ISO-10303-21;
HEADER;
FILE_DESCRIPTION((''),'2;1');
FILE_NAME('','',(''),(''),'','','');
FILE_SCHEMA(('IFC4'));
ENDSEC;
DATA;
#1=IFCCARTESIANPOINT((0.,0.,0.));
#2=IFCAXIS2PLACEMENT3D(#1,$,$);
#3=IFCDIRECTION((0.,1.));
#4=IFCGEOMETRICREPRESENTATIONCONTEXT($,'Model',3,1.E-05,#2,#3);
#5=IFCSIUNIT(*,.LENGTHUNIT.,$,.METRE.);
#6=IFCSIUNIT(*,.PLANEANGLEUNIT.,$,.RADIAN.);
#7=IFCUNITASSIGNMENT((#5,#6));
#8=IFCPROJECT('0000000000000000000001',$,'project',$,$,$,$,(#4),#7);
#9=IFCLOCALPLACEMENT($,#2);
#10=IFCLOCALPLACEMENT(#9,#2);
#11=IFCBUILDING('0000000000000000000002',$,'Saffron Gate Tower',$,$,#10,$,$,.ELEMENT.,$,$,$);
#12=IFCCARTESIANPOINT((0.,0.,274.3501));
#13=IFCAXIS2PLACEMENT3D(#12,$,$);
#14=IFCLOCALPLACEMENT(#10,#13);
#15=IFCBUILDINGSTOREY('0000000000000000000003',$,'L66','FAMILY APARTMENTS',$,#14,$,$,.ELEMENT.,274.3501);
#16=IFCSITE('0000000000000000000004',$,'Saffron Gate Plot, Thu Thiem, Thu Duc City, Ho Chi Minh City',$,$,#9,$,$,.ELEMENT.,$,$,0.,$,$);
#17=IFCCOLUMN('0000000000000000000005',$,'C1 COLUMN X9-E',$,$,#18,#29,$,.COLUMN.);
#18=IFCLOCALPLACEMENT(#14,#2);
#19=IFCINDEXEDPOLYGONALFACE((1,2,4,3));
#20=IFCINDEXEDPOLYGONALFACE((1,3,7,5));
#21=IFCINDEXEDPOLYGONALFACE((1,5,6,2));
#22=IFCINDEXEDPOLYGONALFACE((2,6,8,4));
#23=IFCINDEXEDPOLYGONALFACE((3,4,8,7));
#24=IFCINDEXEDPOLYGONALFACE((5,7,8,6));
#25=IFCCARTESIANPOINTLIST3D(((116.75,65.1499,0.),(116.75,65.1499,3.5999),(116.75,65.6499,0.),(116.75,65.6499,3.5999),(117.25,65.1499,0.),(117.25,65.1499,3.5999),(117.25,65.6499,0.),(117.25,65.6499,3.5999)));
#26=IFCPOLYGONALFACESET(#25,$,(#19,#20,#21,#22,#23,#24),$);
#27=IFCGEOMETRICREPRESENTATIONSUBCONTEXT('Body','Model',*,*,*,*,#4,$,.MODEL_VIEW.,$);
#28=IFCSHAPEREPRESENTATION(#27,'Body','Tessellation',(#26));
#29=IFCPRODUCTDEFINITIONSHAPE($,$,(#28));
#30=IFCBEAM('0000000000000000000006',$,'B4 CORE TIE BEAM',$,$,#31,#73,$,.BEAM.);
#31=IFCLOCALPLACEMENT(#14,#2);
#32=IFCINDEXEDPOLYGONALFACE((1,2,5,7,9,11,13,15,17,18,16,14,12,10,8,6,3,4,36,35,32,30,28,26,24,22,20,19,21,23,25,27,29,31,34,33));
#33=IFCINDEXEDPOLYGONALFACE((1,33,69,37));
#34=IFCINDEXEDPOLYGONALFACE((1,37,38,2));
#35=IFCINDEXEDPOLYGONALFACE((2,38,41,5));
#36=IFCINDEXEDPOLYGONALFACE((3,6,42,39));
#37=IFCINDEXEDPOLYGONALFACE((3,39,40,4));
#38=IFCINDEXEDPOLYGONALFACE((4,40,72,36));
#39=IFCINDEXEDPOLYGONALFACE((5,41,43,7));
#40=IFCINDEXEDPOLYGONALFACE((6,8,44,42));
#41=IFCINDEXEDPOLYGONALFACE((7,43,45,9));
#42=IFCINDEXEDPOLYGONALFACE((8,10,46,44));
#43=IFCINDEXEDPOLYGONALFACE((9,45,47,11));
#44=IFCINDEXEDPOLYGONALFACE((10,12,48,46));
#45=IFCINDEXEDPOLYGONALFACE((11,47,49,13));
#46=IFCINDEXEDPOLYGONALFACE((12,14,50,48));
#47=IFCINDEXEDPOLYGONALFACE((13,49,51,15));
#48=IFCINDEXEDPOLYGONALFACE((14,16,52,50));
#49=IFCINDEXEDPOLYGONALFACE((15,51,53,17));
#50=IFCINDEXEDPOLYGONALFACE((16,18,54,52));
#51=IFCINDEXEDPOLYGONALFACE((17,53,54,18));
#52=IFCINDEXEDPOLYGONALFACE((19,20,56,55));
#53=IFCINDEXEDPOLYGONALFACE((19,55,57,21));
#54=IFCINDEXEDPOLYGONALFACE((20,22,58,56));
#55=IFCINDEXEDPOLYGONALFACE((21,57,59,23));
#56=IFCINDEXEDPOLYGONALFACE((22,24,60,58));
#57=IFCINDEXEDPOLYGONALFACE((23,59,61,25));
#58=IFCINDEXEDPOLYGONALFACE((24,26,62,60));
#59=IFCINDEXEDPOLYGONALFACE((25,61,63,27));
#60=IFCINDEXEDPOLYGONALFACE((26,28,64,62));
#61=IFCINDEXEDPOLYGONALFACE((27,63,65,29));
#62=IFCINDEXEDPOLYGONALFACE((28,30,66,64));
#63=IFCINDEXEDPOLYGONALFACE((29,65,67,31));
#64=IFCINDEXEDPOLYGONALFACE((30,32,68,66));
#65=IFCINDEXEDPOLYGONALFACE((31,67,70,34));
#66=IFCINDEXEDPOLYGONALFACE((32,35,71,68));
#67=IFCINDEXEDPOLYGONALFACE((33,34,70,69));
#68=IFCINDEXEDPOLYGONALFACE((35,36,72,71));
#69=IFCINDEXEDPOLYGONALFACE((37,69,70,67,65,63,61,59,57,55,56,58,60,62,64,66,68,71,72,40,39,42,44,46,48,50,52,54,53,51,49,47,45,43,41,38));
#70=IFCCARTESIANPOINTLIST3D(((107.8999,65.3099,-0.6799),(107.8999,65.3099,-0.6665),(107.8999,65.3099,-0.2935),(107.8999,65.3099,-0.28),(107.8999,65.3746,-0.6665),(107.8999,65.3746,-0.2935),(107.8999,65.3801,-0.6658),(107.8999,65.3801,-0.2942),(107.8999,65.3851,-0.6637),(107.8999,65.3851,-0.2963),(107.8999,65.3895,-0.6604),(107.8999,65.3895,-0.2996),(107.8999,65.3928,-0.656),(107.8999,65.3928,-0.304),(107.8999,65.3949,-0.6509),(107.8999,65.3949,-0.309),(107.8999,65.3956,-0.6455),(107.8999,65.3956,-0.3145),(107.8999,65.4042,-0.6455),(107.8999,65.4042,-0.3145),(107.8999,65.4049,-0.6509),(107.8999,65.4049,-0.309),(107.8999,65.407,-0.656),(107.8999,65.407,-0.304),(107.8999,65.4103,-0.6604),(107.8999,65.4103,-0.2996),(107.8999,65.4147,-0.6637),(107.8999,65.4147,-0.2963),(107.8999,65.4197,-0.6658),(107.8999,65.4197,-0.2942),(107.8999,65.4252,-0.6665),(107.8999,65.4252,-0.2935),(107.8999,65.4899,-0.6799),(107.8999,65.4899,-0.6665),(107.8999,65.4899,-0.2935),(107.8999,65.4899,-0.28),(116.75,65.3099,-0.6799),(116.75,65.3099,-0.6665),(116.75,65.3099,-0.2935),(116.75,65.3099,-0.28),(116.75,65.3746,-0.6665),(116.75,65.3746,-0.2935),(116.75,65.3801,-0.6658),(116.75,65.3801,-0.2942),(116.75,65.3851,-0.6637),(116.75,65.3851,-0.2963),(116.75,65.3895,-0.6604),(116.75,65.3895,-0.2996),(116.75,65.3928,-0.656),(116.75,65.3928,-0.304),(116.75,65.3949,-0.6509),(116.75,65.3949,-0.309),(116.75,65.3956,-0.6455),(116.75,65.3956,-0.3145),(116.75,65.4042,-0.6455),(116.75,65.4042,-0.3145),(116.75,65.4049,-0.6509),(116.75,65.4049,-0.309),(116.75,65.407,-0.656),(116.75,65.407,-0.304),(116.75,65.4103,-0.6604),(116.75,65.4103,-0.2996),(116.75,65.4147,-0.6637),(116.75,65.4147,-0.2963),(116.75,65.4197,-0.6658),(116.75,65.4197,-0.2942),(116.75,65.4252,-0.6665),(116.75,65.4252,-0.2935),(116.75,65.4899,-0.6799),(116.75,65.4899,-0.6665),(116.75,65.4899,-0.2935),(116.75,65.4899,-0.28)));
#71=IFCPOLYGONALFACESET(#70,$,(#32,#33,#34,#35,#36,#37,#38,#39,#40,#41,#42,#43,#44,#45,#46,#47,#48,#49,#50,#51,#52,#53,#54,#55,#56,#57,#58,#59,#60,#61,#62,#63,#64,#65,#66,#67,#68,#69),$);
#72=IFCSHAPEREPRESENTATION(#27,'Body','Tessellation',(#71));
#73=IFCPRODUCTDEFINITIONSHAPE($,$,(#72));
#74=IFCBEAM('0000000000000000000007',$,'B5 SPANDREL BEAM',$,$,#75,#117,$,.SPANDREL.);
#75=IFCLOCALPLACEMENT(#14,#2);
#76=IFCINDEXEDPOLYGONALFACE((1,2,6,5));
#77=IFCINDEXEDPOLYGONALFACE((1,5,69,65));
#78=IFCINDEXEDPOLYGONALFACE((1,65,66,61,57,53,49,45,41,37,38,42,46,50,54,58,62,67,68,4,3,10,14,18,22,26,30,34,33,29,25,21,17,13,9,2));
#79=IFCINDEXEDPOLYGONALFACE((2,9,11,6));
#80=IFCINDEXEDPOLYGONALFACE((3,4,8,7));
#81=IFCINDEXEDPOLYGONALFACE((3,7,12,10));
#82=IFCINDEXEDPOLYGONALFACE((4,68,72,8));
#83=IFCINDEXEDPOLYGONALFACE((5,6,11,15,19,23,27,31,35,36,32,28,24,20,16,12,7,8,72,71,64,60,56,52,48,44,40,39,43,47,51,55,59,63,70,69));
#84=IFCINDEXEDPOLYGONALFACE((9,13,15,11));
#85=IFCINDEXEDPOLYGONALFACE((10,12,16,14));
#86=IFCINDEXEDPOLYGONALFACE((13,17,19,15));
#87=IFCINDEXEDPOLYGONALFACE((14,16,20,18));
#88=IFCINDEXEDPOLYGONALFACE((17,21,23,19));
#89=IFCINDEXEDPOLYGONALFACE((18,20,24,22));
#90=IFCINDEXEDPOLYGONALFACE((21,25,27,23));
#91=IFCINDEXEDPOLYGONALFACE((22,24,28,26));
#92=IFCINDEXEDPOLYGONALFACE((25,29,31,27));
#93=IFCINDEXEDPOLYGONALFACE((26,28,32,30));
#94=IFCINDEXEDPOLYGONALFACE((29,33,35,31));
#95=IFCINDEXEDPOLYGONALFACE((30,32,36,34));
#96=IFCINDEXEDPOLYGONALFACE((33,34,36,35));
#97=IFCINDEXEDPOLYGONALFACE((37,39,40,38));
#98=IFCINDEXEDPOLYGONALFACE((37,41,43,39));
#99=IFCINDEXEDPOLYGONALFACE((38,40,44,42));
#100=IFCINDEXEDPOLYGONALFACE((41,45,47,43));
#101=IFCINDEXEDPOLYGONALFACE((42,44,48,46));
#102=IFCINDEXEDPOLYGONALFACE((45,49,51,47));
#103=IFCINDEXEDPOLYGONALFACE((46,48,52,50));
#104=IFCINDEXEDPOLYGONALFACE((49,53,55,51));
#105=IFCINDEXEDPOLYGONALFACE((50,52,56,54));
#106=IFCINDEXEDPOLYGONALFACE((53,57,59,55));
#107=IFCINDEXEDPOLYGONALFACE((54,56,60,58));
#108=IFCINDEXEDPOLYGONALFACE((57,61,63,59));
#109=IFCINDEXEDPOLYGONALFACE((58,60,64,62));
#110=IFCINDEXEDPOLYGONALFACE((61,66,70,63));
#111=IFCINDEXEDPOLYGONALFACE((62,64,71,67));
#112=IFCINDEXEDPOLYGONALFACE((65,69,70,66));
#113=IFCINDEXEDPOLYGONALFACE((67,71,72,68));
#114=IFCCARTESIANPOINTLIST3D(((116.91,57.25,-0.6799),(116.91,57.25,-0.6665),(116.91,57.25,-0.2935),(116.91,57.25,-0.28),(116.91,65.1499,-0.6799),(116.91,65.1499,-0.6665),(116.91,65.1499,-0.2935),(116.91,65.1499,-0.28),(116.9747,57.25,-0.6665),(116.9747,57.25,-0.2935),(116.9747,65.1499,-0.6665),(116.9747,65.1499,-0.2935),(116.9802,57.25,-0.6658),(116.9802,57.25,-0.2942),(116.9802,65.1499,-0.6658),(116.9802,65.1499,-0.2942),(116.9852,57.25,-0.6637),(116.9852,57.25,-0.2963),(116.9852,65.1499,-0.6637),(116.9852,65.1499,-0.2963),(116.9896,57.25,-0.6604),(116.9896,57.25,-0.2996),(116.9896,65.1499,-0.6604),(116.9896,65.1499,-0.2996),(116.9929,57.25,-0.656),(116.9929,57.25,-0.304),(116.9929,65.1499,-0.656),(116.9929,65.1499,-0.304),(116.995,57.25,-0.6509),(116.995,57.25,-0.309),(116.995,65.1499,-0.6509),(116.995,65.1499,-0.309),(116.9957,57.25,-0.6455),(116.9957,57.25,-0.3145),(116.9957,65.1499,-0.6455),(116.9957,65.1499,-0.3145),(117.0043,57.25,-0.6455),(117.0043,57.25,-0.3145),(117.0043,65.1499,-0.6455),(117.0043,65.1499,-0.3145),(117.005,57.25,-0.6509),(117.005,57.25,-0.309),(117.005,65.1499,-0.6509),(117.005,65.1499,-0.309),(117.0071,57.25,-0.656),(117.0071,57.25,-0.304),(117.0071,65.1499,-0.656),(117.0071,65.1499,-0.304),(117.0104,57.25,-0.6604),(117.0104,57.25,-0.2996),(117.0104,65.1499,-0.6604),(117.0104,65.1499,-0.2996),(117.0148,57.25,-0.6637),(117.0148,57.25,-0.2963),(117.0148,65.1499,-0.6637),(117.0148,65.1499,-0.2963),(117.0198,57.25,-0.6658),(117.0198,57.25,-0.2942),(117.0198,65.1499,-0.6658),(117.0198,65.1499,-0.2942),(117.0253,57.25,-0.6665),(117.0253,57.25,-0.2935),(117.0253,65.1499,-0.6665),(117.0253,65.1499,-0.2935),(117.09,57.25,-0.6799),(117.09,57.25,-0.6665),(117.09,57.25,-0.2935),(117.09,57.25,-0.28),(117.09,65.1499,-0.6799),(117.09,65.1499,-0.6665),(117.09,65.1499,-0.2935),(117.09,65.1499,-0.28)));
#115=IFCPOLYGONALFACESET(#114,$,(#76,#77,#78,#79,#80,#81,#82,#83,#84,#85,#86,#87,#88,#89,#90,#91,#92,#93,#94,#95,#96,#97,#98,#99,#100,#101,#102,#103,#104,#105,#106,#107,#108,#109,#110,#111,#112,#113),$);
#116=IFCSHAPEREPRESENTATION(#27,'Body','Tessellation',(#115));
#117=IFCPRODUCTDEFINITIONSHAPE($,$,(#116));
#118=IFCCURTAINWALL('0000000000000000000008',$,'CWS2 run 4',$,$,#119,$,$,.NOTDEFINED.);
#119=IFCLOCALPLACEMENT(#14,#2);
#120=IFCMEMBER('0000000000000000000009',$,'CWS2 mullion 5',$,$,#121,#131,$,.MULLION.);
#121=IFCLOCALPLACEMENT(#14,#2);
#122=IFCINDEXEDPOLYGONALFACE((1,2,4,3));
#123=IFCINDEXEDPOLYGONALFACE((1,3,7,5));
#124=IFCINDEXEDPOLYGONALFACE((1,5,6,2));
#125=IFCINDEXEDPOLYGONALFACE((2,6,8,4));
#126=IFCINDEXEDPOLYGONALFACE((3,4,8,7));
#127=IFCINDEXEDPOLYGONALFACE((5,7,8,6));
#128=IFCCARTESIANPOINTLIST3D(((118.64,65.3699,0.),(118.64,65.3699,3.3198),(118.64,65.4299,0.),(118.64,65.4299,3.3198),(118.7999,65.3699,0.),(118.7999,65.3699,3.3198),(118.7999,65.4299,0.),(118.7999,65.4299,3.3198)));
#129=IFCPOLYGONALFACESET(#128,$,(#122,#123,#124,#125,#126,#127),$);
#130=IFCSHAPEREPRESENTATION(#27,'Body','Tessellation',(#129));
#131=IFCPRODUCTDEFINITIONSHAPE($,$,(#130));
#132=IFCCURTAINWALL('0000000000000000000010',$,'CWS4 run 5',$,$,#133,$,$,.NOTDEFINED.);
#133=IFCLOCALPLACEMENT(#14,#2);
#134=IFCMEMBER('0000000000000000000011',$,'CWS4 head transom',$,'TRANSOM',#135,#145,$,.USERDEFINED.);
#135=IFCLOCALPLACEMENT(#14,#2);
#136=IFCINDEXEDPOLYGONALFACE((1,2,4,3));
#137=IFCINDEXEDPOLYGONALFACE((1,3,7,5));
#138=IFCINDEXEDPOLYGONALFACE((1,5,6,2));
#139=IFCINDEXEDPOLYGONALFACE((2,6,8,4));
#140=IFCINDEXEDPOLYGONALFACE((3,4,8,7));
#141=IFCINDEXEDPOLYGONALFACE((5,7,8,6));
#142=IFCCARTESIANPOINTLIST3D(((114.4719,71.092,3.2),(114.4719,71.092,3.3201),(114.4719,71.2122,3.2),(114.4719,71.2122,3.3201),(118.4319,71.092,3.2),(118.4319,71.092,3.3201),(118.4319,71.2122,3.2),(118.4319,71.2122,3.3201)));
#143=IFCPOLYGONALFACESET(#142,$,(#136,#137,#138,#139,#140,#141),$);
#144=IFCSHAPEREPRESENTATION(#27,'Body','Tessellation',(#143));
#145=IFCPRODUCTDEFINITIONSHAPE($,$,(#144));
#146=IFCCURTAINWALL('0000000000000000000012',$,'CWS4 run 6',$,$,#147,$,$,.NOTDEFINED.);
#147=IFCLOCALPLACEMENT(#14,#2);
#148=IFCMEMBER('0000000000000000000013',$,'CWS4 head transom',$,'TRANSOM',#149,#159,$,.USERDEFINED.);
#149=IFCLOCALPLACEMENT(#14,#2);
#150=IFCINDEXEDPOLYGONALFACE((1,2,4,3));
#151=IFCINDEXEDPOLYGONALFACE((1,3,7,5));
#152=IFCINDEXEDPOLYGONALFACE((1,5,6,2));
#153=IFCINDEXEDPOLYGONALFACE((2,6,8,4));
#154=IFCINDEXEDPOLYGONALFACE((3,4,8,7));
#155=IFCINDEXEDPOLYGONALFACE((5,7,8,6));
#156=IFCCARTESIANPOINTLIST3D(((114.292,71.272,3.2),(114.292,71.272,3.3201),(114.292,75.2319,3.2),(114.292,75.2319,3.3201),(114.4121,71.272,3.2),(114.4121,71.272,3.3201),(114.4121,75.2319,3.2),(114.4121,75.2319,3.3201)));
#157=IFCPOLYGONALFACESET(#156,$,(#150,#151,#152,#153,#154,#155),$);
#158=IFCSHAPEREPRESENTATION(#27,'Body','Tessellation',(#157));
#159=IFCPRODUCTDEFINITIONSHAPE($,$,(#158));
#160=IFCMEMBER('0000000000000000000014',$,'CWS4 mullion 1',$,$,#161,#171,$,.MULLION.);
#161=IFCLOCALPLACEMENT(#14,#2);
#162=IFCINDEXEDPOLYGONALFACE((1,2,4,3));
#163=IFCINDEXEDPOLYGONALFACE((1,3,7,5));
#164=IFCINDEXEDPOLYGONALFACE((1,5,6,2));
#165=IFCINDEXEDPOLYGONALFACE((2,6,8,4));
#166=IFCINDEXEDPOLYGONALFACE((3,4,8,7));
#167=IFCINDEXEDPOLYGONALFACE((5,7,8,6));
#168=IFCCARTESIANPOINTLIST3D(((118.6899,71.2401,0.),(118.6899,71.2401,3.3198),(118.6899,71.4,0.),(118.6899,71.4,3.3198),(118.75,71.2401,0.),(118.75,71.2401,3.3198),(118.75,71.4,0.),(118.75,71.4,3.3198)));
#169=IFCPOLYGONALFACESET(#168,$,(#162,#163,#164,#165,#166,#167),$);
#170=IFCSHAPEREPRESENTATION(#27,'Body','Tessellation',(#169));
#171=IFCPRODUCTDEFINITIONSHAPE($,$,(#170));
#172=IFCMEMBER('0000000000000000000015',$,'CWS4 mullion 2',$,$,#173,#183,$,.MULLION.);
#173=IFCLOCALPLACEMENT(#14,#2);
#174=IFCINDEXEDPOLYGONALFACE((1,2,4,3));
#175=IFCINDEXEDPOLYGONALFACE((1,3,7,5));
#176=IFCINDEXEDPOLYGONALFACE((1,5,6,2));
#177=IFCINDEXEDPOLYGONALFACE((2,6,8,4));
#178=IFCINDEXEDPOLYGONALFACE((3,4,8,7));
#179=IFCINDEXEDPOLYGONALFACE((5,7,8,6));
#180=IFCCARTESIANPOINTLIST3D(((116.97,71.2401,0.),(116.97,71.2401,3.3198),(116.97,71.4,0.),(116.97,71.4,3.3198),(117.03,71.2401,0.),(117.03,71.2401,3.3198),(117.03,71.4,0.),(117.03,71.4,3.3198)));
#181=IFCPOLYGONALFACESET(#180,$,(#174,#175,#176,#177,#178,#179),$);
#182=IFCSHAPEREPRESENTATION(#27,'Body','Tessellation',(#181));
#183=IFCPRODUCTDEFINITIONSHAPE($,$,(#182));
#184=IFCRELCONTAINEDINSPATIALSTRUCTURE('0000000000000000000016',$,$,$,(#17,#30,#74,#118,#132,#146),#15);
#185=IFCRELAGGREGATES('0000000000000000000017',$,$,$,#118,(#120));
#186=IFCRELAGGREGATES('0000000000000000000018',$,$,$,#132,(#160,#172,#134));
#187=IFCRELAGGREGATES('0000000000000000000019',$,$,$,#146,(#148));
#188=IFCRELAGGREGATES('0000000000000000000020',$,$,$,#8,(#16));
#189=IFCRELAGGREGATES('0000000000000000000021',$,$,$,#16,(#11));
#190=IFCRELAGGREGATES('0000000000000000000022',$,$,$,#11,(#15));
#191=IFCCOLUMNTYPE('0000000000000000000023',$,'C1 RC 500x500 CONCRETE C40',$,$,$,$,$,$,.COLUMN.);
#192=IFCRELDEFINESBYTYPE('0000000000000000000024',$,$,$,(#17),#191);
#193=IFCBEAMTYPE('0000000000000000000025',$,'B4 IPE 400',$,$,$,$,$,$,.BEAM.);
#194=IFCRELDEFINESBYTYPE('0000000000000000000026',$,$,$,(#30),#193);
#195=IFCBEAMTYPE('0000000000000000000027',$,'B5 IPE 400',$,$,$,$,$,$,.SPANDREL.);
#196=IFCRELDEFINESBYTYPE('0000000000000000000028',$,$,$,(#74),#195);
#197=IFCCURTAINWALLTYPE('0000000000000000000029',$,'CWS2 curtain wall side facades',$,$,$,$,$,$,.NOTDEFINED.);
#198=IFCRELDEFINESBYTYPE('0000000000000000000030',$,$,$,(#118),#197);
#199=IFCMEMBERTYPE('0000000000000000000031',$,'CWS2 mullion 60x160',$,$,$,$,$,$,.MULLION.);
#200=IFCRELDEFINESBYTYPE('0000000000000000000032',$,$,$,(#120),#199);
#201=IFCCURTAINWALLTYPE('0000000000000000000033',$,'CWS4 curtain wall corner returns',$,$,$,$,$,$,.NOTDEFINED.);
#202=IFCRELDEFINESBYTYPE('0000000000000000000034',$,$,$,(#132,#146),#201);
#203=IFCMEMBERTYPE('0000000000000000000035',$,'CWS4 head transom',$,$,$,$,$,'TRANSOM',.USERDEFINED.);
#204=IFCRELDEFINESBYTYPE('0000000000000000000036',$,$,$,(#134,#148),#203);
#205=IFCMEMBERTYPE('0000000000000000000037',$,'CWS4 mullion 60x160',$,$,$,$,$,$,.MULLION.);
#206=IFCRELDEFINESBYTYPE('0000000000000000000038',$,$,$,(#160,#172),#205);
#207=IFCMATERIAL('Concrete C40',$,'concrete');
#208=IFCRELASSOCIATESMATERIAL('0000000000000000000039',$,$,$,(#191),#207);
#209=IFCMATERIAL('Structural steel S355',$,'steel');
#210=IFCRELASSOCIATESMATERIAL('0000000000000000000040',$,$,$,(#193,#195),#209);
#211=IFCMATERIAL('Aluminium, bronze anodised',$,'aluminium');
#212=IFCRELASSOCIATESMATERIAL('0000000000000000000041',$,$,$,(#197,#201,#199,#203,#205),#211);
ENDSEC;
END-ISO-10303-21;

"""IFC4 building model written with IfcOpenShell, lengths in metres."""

from ifc_helpers import new_model, si_unit, direction, frame, origin, origin_2d, place, context, subcontext, project, spatial, rectangle, i_section, extrude, material, material_profile, profile_set, type_object, element, aggregate, save


model = new_model("IFC4")

# Units and contexts
model_context = context("Model", 3, precision=1e-05, world=origin(), true_north=direction((0.0, 1.0)))
body_context = subcontext(model_context, "Body", "Model", "MODEL_VIEW")
ifc_project = project(units=[si_unit("LENGTHUNIT", "METRE"), si_unit("PLANEANGLEUNIT", "RADIAN")], contexts=[model_context])

# Site, building, storey
site_placement = place(None, origin())
site = spatial("IfcSite", under=ifc_project, at=site_placement, Name="Saffron Gate Plot, Thu Thiem, Thu Duc City, Ho Chi Minh City", CompositionType="ELEMENT", RefElevation=0.0)
building_placement = place(site_placement, origin())
building = spatial("IfcBuilding", under=site, at=building_placement, Name="Saffron Gate Tower", CompositionType="ELEMENT")
storey_placement = place(building_placement, frame((0.0, 0.0, 274.3501)))
storey = spatial("IfcBuildingStorey", under=building, at=storey_placement, Name="L66", Description="FAMILY APARTMENTS", CompositionType="ELEMENT", Elevation=274.3501)

# Column
ifc_material_1 = material(Name="Concrete C40", Category="concrete")
ifc_material_profile_1 = material_profile(ifc_material_1, rectangle(XDim=0.5, YDim=0.5, at=origin_2d()))
ifc_profile_set_1 = profile_set([ifc_material_profile_1], Name="Concrete C40")
column_type = type_object("IfcColumnType", Name="C1 RC 500x500 CONCRETE C40", PredefinedType="COLUMN", material=ifc_profile_set_1)
column_placement = place(storey_placement, frame((117.0, 65.3999, 0.0), z_axis=(0.0, 0.0, 1.0), x_axis=(1.0, 0.0, 0.0)))
element("IfcColumn", 1, at=column_placement, inside=storey, type_object=column_type, Name="C1 COLUMN X9-E", PredefinedType="COLUMN", context=body_context, shape_type="SweptSolid", body=[
    extrude(rectangle(XDim=0.5, YDim=0.5, at=origin_2d()), origin(), (0.0, 0.0, 1.0), 3.5999),
])

# Beams
ifc_material_2 = material(Name="Structural steel S355", Category="steel")
ifc_material_profile_2 = material_profile(ifc_material_2, i_section(OverallWidth=0.1799, OverallDepth=0.3999, WebThickness=0.0085, FlangeThickness=0.0134, FilletRadius=0.021, at=origin_2d()))
ifc_profile_set_2 = profile_set([ifc_material_profile_2], Name="Structural steel S355")
beam_type_1 = type_object("IfcBeamType", Name="B4 IPE 400", PredefinedType="BEAM", material=ifc_profile_set_2)
beam_1_placement = place(storey_placement, frame((116.75, 65.3999, -0.48), z_axis=(-1.0, 0.0, 0.0), x_axis=(0.0, -1.0, 0.0)))
element("IfcBeam", 2, at=beam_1_placement, inside=storey, type_object=beam_type_1, Name="B4 CORE TIE BEAM", PredefinedType="BEAM", context=body_context, shape_type="SweptSolid", body=[
    extrude(i_section(OverallWidth=0.1799, OverallDepth=0.3999, WebThickness=0.0085, FlangeThickness=0.0134, FilletRadius=0.021, at=origin_2d()), origin(), (0.0, 0.0, 1.0), 8.8501),
])
ifc_material_profile_3 = material_profile(ifc_material_2, i_section(OverallWidth=0.1799, OverallDepth=0.3999, WebThickness=0.0085, FlangeThickness=0.0134, FilletRadius=0.021, at=origin_2d()))
ifc_profile_set_3 = profile_set([ifc_material_profile_3], Name="Structural steel S355")
beam_type_2 = type_object("IfcBeamType", Name="B5 IPE 400", PredefinedType="SPANDREL", material=ifc_profile_set_3)
beam_2_placement = place(storey_placement, frame((117.0, 57.25, -0.48), z_axis=(0.0, 1.0, 0.0), x_axis=(-1.0, 0.0, 0.0)))
element("IfcBeam", 3, at=beam_2_placement, inside=storey, type_object=beam_type_2, Name="B5 SPANDREL BEAM", PredefinedType="SPANDREL", context=body_context, shape_type="SweptSolid", body=[
    extrude(i_section(OverallWidth=0.1799, OverallDepth=0.3999, WebThickness=0.0085, FlangeThickness=0.0134, FilletRadius=0.021, at=origin_2d()), origin(), (0.0, 0.0, 1.0), 7.8999),
])

# Curtain walls, members
ifc_material_3 = material(Name="Aluminium, bronze anodised", Category="aluminium")
curtain_wall_type_1 = type_object("IfcCurtainWallType", Name="CWS2 curtain wall side facades", PredefinedType="NOTDEFINED", material=ifc_material_3)
curtain_wall_1_placement = place(storey_placement, origin())
curtain_wall_1 = element("IfcCurtainWall", 4, at=curtain_wall_1_placement, inside=storey, type_object=curtain_wall_type_1, Name="CWS2 run 4", PredefinedType="NOTDEFINED")
ifc_material_profile_4 = material_profile(ifc_material_3, rectangle(XDim=0.1599, YDim=0.0601, at=origin_2d()))
ifc_profile_set_4 = profile_set([ifc_material_profile_4], Name="Aluminium, bronze anodised")
member_type_1 = type_object("IfcMemberType", Name="CWS2 mullion 60x160", PredefinedType="MULLION", material=ifc_profile_set_4)
member_1_placement = place(storey_placement, frame((118.72, 65.3999, 0.0), z_axis=(0.0, 0.0, 1.0), x_axis=(-1.0, 0.0, 0.0)))
member_1 = element("IfcMember", 5, at=member_1_placement, type_object=member_type_1, Name="CWS2 mullion 5", PredefinedType="MULLION", context=body_context, shape_type="SweptSolid", body=[
    extrude(rectangle(XDim=0.1599, YDim=0.0601, at=origin_2d()), origin(), (0.0, 0.0, 1.0), 3.3198),
])
aggregate(curtain_wall_1, [member_1])
curtain_wall_type_2 = type_object("IfcCurtainWallType", Name="CWS4 curtain wall corner returns", PredefinedType="NOTDEFINED", material=ifc_material_3)
curtain_wall_2_placement = place(storey_placement, origin())
curtain_wall_2 = element("IfcCurtainWall", 6, at=curtain_wall_2_placement, inside=storey, type_object=curtain_wall_type_2, Name="CWS4 run 5", PredefinedType="NOTDEFINED")
ifc_material_profile_5 = material_profile(ifc_material_3, rectangle(XDim=0.1201, YDim=0.1201, at=origin_2d()))
ifc_profile_set_5 = profile_set([ifc_material_profile_5], Name="Aluminium, bronze anodised")
member_type_2 = type_object("IfcMemberType", Name="CWS4 head transom", ElementType="TRANSOM", PredefinedType="USERDEFINED", material=ifc_profile_set_5)
member_2_placement = place(storey_placement, frame((118.4319, 71.1521, 3.26), z_axis=(-1.0, 0.0, 0.0), x_axis=(0.0, -1.0, 0.0)))
member_2 = element("IfcMember", 7, at=member_2_placement, type_object=member_type_2, Name="CWS4 head transom", ObjectType="TRANSOM", PredefinedType="USERDEFINED", context=body_context, shape_type="SweptSolid", body=[
    extrude(rectangle(XDim=0.1201, YDim=0.1201, at=origin_2d()), origin(), (0.0, 0.0, 1.0), 3.96),
])
curtain_wall_3_placement = place(storey_placement, origin())
curtain_wall_3 = element("IfcCurtainWall", 8, at=curtain_wall_3_placement, inside=storey, type_object=curtain_wall_type_2, Name="CWS4 run 6", PredefinedType="NOTDEFINED")
member_3_placement = place(storey_placement, frame((114.3521, 71.272, 3.26), z_axis=(0.0, 1.0, 0.0), x_axis=(-1.0, 0.0, 0.0)))
member_3 = element("IfcMember", 9, at=member_3_placement, type_object=member_type_2, Name="CWS4 head transom", ObjectType="TRANSOM", PredefinedType="USERDEFINED", context=body_context, shape_type="SweptSolid", body=[
    extrude(rectangle(XDim=0.1201, YDim=0.1201, at=origin_2d()), origin(), (0.0, 0.0, 1.0), 3.96),
])

# Members
ifc_material_profile_6 = material_profile(ifc_material_3, rectangle(XDim=0.1599, YDim=0.0601, at=origin_2d()))
ifc_profile_set_6 = profile_set([ifc_material_profile_6], Name="Aluminium, bronze anodised")
member_type_3 = type_object("IfcMemberType", Name="CWS4 mullion 60x160", PredefinedType="MULLION", material=ifc_profile_set_6)
member_4_placement = place(storey_placement, frame((118.72, 71.3201, 0.0), z_axis=(0.0, 0.0, 1.0), x_axis=(0.0, -1.0, 0.0)))
member_4 = element("IfcMember", 10, at=member_4_placement, type_object=member_type_3, Name="CWS4 mullion 1", PredefinedType="MULLION", context=body_context, shape_type="SweptSolid", body=[
    extrude(rectangle(XDim=0.1599, YDim=0.0601, at=origin_2d()), origin(), (0.0, 0.0, 1.0), 3.3198),
])
member_5_placement = place(storey_placement, frame((117.0, 71.3201, 0.0), z_axis=(0.0, 0.0, 1.0), x_axis=(0.0, -1.0, 0.0)))
member_5 = element("IfcMember", 11, at=member_5_placement, type_object=member_type_3, Name="CWS4 mullion 2", PredefinedType="MULLION", context=body_context, shape_type="SweptSolid", body=[
    extrude(rectangle(XDim=0.1599, YDim=0.0601, at=origin_2d()), origin(), (0.0, 0.0, 1.0), 3.3198),
])

aggregate(curtain_wall_2, [member_4, member_5, member_2])
aggregate(curtain_wall_3, [member_3])

save(model, "model.ifc")
